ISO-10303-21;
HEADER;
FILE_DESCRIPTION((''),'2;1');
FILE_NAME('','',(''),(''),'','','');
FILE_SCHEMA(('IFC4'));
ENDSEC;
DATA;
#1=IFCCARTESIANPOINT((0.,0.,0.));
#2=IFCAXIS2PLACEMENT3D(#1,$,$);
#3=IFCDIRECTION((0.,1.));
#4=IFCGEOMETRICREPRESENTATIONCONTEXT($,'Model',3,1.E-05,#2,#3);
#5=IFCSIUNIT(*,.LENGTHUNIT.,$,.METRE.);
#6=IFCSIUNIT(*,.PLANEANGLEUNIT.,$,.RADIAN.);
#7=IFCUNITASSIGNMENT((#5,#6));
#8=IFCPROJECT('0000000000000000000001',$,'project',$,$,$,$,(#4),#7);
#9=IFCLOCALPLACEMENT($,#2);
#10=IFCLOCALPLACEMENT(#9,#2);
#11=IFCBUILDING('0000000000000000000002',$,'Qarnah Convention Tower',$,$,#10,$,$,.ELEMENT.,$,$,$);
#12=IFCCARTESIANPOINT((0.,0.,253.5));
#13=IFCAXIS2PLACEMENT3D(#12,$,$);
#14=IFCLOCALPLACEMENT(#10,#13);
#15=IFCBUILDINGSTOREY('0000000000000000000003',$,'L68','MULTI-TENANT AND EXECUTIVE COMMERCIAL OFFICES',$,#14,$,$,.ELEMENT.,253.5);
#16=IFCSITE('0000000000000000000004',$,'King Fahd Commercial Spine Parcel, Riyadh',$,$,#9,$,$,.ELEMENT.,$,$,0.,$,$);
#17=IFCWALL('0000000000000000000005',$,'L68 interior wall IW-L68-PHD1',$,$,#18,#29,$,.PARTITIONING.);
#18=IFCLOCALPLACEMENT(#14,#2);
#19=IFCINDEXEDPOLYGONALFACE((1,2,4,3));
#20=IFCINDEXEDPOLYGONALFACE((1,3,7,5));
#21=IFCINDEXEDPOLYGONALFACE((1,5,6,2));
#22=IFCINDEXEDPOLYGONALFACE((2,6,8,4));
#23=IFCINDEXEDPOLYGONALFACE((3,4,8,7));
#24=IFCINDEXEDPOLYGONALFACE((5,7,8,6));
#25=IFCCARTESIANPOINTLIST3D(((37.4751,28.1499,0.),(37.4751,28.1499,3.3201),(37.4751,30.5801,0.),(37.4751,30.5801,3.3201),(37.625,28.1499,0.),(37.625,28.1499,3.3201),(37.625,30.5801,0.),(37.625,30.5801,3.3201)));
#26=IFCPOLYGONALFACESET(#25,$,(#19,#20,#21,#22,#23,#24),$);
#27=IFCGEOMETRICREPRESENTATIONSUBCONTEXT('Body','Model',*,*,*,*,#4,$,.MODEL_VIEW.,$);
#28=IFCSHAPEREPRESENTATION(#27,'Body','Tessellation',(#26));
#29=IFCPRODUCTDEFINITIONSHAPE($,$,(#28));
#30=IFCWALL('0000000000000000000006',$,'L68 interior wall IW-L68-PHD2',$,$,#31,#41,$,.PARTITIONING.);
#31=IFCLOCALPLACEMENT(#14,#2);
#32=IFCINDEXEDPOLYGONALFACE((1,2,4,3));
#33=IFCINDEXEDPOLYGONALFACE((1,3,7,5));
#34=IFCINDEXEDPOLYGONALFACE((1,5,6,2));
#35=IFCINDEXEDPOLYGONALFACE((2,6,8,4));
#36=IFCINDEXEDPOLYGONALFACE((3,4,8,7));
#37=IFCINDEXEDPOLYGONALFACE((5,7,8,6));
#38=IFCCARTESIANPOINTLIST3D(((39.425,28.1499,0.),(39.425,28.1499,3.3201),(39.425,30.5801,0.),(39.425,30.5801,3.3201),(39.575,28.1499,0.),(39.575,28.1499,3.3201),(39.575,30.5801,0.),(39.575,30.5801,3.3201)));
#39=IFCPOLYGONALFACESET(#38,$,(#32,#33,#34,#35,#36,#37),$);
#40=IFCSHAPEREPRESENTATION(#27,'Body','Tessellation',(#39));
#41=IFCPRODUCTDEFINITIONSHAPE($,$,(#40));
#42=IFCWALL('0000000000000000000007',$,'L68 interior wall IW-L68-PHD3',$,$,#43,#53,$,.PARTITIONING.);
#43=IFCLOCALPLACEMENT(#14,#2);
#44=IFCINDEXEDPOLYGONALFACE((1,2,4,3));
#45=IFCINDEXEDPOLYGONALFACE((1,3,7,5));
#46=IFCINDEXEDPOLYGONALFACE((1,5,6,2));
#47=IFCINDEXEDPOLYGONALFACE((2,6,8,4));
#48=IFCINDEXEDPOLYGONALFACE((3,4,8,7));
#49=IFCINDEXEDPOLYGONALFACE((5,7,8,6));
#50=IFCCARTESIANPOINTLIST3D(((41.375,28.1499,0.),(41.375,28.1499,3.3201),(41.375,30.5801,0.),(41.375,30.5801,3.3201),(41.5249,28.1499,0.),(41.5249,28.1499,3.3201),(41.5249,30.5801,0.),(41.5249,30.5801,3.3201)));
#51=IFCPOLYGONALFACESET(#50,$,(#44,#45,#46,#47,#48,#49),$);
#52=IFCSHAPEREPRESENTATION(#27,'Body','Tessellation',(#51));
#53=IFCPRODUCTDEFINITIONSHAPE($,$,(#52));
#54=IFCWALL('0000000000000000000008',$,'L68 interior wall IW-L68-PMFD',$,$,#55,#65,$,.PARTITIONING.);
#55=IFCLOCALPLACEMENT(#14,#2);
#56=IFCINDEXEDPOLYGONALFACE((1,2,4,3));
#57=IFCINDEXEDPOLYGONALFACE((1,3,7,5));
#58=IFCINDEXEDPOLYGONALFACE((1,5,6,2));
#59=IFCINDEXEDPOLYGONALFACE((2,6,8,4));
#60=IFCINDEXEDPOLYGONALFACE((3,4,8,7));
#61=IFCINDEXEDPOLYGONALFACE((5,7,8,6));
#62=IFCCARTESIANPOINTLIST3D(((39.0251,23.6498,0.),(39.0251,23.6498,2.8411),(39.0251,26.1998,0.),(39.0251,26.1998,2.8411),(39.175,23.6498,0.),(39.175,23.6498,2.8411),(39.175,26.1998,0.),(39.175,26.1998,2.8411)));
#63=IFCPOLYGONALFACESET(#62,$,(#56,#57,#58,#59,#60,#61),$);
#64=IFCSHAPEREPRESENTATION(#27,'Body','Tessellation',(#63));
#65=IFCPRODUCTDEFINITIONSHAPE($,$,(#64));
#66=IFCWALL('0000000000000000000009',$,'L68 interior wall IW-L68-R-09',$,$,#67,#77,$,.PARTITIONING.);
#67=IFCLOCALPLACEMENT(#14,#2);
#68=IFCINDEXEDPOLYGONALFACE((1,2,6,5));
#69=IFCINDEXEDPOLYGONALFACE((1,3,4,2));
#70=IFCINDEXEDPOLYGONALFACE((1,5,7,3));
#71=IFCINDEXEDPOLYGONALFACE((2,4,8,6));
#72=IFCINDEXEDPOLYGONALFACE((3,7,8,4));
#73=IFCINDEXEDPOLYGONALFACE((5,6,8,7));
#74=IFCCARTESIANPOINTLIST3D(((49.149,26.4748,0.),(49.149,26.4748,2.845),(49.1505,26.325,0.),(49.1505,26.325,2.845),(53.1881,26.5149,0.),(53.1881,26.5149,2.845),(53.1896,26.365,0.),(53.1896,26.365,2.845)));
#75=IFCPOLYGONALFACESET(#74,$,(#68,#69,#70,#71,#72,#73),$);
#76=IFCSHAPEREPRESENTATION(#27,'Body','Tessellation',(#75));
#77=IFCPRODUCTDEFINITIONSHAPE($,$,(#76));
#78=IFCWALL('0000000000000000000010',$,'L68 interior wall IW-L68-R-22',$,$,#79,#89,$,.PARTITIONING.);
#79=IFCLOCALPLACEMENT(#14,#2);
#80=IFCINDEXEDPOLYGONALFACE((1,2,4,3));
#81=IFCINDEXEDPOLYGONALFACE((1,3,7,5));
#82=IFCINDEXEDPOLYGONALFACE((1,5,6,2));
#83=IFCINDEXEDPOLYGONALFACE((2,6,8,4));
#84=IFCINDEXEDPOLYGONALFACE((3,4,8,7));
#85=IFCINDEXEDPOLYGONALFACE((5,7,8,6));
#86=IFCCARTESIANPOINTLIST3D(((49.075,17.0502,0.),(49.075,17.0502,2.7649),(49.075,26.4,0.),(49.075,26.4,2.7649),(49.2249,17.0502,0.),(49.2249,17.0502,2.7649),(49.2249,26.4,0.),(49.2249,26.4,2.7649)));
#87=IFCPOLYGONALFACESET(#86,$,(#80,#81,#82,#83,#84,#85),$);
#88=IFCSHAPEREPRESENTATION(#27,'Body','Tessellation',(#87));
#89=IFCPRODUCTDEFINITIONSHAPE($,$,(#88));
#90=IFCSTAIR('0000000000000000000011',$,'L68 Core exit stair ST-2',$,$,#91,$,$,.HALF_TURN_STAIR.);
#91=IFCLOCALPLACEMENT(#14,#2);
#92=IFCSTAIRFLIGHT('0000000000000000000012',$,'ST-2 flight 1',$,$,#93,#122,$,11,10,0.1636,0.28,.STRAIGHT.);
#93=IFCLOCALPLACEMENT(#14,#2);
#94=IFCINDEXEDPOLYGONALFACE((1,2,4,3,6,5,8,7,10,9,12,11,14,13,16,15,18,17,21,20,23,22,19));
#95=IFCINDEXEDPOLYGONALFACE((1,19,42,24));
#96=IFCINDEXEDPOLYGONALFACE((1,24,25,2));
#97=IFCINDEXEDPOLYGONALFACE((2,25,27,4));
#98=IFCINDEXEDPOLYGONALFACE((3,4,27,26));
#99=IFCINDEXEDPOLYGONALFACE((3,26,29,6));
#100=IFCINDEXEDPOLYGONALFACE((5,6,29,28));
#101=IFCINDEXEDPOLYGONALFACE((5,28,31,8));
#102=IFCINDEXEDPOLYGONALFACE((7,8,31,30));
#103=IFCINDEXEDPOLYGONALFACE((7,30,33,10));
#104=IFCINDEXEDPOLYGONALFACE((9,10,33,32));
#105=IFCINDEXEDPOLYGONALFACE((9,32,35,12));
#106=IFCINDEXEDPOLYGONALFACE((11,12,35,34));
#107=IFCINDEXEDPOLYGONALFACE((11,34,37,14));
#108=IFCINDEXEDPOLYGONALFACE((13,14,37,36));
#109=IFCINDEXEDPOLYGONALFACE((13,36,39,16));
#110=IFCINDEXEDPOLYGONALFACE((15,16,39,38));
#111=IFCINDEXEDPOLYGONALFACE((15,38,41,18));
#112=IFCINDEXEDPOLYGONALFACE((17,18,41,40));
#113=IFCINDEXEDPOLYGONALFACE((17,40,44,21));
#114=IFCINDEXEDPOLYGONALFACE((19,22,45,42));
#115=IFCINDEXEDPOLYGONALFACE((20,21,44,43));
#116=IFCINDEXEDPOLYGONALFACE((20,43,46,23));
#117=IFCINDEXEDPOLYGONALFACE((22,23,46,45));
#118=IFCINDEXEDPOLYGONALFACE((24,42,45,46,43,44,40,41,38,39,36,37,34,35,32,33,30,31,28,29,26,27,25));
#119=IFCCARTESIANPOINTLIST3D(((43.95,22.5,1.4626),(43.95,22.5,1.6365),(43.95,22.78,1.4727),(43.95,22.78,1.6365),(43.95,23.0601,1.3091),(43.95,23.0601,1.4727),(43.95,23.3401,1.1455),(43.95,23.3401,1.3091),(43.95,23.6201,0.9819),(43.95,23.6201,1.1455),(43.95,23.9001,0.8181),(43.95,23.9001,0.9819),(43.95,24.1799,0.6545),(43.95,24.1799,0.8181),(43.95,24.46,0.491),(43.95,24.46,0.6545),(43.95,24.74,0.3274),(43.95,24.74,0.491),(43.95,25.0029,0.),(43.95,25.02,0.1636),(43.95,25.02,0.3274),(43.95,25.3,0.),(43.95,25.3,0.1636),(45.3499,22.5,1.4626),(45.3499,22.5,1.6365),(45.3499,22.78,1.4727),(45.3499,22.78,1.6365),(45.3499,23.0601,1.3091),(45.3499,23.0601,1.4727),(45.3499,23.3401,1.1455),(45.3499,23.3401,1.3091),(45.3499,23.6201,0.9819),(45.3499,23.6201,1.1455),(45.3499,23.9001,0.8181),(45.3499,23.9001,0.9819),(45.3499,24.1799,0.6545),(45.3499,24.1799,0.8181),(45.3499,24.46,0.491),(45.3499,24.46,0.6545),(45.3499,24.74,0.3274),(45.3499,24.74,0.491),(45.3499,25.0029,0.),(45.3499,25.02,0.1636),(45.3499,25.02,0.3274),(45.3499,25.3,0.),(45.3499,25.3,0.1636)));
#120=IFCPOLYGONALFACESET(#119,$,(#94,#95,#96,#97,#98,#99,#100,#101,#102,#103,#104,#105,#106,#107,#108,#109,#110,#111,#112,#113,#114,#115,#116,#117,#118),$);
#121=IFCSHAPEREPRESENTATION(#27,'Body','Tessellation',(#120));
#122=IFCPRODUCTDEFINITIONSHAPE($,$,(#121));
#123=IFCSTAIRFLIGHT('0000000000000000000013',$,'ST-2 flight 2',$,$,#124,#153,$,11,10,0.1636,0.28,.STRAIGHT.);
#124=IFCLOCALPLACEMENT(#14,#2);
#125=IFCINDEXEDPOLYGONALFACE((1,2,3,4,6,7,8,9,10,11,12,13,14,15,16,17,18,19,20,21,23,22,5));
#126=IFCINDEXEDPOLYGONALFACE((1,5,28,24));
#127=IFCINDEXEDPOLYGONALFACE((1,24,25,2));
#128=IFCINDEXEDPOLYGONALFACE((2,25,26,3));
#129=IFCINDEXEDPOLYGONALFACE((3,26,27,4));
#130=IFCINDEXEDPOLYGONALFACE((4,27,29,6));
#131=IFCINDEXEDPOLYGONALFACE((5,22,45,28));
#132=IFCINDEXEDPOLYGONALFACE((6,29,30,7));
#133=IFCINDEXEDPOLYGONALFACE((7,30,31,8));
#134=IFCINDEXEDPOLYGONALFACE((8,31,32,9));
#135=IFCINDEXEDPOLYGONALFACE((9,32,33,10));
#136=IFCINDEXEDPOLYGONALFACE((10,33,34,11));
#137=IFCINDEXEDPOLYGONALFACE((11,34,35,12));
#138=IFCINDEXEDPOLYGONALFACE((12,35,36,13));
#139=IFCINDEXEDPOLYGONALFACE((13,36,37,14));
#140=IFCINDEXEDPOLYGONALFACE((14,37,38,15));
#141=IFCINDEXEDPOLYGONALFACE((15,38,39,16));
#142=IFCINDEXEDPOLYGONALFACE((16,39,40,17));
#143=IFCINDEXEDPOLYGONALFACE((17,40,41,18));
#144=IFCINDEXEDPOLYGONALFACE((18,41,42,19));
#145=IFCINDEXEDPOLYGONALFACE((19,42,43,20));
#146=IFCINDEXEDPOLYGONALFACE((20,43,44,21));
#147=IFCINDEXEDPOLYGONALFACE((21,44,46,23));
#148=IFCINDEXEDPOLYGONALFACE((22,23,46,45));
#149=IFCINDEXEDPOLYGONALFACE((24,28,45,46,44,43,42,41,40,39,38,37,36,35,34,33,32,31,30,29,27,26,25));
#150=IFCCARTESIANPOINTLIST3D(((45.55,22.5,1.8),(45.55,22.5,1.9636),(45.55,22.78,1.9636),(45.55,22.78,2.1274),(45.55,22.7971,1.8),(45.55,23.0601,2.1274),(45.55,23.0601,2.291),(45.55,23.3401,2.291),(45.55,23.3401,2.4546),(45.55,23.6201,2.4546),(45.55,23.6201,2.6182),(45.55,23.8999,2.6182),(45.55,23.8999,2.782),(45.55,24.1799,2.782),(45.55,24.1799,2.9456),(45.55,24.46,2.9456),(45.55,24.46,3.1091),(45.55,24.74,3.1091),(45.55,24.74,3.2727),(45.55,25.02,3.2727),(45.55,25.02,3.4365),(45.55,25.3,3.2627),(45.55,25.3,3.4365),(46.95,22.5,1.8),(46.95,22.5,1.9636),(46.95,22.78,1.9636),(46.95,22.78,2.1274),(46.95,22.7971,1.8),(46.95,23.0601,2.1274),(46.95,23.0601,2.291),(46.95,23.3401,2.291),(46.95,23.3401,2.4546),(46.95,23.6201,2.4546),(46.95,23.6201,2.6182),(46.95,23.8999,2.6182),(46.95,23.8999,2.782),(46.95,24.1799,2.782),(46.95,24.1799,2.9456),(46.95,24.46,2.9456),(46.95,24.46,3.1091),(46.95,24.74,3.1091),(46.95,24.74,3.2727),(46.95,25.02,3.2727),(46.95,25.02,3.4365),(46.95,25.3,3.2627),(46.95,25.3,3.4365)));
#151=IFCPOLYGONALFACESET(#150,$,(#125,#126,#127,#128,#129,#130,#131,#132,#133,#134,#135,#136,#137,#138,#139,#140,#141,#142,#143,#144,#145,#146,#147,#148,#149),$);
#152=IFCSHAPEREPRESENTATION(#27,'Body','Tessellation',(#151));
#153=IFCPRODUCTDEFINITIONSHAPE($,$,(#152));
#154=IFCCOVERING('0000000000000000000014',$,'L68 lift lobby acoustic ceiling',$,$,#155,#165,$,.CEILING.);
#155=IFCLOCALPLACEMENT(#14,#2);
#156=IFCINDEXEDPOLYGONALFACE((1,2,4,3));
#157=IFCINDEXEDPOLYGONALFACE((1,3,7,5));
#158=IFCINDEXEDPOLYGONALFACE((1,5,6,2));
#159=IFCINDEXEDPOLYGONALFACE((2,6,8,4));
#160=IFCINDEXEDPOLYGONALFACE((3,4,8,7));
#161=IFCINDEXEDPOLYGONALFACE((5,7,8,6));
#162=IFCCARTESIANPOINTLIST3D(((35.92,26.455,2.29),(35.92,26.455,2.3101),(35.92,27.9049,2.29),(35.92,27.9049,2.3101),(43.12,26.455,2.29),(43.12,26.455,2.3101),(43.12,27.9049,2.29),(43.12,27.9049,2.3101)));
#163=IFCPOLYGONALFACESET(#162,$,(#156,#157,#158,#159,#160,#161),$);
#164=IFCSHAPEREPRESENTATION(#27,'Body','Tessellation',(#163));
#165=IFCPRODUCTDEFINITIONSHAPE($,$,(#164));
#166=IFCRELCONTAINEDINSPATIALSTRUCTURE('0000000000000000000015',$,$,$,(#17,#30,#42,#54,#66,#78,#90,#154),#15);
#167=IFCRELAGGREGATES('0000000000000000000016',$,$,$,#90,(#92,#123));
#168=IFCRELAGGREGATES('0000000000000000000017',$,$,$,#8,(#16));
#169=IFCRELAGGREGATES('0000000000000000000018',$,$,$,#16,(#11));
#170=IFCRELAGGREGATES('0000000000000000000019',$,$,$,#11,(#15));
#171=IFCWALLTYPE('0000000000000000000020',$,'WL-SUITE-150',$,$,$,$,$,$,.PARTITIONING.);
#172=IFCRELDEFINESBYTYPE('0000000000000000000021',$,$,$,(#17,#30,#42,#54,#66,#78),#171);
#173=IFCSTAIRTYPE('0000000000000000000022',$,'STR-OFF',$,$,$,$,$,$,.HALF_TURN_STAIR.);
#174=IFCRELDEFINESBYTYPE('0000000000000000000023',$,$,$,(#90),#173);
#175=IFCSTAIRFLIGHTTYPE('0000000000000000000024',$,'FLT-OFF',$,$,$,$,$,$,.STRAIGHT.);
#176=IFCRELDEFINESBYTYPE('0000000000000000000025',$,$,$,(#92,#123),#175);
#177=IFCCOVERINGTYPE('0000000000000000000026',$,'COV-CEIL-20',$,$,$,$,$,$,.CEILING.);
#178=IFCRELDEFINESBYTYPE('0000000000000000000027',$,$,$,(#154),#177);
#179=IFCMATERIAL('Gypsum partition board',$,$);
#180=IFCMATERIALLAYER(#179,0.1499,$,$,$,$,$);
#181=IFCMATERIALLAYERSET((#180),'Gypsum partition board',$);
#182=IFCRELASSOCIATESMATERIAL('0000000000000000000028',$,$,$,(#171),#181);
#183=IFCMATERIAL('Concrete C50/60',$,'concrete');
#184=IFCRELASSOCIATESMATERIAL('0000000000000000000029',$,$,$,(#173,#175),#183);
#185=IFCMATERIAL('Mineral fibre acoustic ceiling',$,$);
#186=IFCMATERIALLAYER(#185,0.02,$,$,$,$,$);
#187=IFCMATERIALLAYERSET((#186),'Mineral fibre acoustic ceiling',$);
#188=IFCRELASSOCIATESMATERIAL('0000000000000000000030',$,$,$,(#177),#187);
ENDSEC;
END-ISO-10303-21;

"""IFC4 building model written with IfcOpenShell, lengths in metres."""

from ifc_helpers import new_model, si_unit, direction, frame, frame_2d, origin, origin_2d, place, context, subcontext, project, spatial, polyline, rectangle, outline, extrude, material, layer, layer_set, type_object, element, aggregate, save


model = new_model("IFC4")

# Units and contexts
model_context = context("Model", 3, precision=1e-05, world=origin(), true_north=direction((0.0, 1.0)))
body_context = subcontext(model_context, "Body", "Model", "MODEL_VIEW")
ifc_project = project(units=[si_unit("LENGTHUNIT", "METRE"), si_unit("PLANEANGLEUNIT", "RADIAN")], contexts=[model_context])

# Site, building, storey
site_placement = place(None, origin())
site = spatial("IfcSite", under=ifc_project, at=site_placement, Name="King Fahd Commercial Spine Parcel, Riyadh", CompositionType="ELEMENT", RefElevation=0.0)
building_placement = place(site_placement, origin())
building = spatial("IfcBuilding", under=site, at=building_placement, Name="Qarnah Convention Tower", CompositionType="ELEMENT")
storey_placement = place(building_placement, frame((0.0, 0.0, 253.5)))
storey = spatial("IfcBuildingStorey", under=building, at=storey_placement, Name="L68", Description="MULTI-TENANT AND EXECUTIVE COMMERCIAL OFFICES", CompositionType="ELEMENT", Elevation=253.5)

# Shared definitions
ifc_material_1 = material(Name="Concrete C50/60", Category="concrete")

# Walls
ifc_material_2 = material(Name="Gypsum partition board")
ifc_layer_1 = layer(ifc_material_2, 0.1499)
ifc_layer_set_1 = layer_set([ifc_layer_1], Name="Gypsum partition board")
wall_type_1 = type_object("IfcWallType", Name="WL-SUITE-150", PredefinedType="PARTITIONING", material=ifc_layer_set_1)
for number, where, z_axis, x_axis, name in (
    (1, (37.55, 28.1499, 0.0), (0.0, 0.0, 1.0), (0.0, 1.0, 0.0), "L68 interior wall IW-L68-PHD1"),
    (2, (39.5, 28.1499, 0.0), (0.0, 0.0, 1.0), (0.0, 1.0, 0.0), "L68 interior wall IW-L68-PHD2"),
    (3, (41.45, 28.1499, 0.0), (0.0, 0.0, 1.0), (0.0, 1.0, 0.0), "L68 interior wall IW-L68-PHD3"),
):
    element("IfcWall", number, at=place(storey_placement, frame(where, z_axis=z_axis, x_axis=x_axis)), inside=storey, type_object=wall_type_1, Name=name, PredefinedType="PARTITIONING", context=body_context, shape_type="SweptSolid", body=[
        extrude(rectangle(XDim=2.4302, YDim=0.1499, at=frame_2d((1.2151, 0.0))), origin(), (0.0, 0.0, 1.0), 3.3201),
    ])
wall_1_placement = place(storey_placement, frame((39.1001, 23.6499, 0.0), z_axis=(0.0, 0.0, 1.0), x_axis=(0.0, 1.0, 0.0)))
element("IfcWall", 4, at=wall_1_placement, inside=storey, type_object=wall_type_1, Name="L68 interior wall IW-L68-PMFD", PredefinedType="PARTITIONING", context=body_context, shape_type="SweptSolid", body=[
    extrude(rectangle(XDim=2.55, YDim=0.1499, at=frame_2d((1.2749, 0.0))), origin(), (0.0, 0.0, 1.0), 2.8411),
])
wall_2_placement = place(storey_placement, frame((49.1499, 26.3999, 0.0), z_axis=(0.0, 0.0, 1.0), x_axis=(0.999951, 0.009912, 0.0)))
element("IfcWall", 5, at=wall_2_placement, inside=storey, type_object=wall_type_1, Name="L68 interior wall IW-L68-R-09", PredefinedType="PARTITIONING", context=body_context, shape_type="SweptSolid", body=[
    extrude(rectangle(XDim=4.0393, YDim=0.1499, at=frame_2d((2.0195, 0.0))), origin(), (0.0, 0.0, 1.0), 2.845),
])
wall_3_placement = place(storey_placement, frame((49.1499, 26.3999, 0.0), z_axis=(0.0, 0.0, 1.0), x_axis=(0.0, -1.0, 0.0)))
element("IfcWall", 6, at=wall_3_placement, inside=storey, type_object=wall_type_1, Name="L68 interior wall IW-L68-R-22", PredefinedType="PARTITIONING", context=body_context, shape_type="SweptSolid", body=[
    extrude(rectangle(XDim=9.3499, YDim=0.1499, at=frame_2d((4.6748, 0.0))), origin(), (0.0, 0.0, 1.0), 2.7649),
])

# Stair, stair flights
stair_type = type_object("IfcStairType", Name="STR-OFF", PredefinedType="HALF_TURN_STAIR", material=ifc_material_1)
stair_placement = place(storey_placement, origin())
stair = element("IfcStair", 7, at=stair_placement, inside=storey, type_object=stair_type, Name="L68 Core exit stair ST-2", PredefinedType="HALF_TURN_STAIR")
stair_flight_type = type_object("IfcStairFlightType", Name="FLT-OFF", PredefinedType="STRAIGHT", material=ifc_material_1)
stair_flight_1_placement = place(storey_placement, frame((44.6499, 25.3, 0.0), z_axis=(0.0, 0.0, 1.0), x_axis=(0.0, -1.0, 0.0)))
stair_flight_1 = element("IfcStairFlight", 8, at=stair_flight_1_placement, type_object=stair_flight_type, Name="ST-2 flight 1", NumberOfRisers=11, NumberOfTreads=10, PredefinedType="STRAIGHT", RiserHeight=0.1636, TreadLength=0.28, context=body_context, shape_type="SweptSolid", body=[
    extrude(outline(polyline([(0.0, 0.0), (0.0, 0.1636), (0.28, 0.1636), (0.28, 0.3274), (0.5601, 0.3274), (0.5601, 0.491), (0.8401, 0.491), (0.8401, 0.6545), (1.1201, 0.6545), (1.1201, 0.8181), (1.3999, 0.8181), (1.3999, 0.9819), (1.6799, 0.9819), (1.6799, 1.1455), (1.96, 1.1455), (1.96, 1.3091), (2.24, 1.3091), (2.24, 1.4727), (2.52, 1.4727), (2.52, 1.6365), (2.8, 1.6365), (2.8, 1.8), (2.8, 1.4626), (0.2971, 0.0), (0.0, 0.0)])), frame((0.0, 0.7, 0.0), z_axis=(0.0, -1.0, 0.0), x_axis=(1.0, 0.0, 0.0)), (0.0, 0.0, 1.0), 1.3999),
])
stair_flight_2_placement = place(storey_placement, frame((46.25, 22.5, 1.8), z_axis=(0.0, 0.0, 1.0), x_axis=(0.0, 1.0, 0.0)))
stair_flight_2 = element("IfcStairFlight", 9, at=stair_flight_2_placement, type_object=stair_flight_type, Name="ST-2 flight 2", NumberOfRisers=11, NumberOfTreads=10, PredefinedType="STRAIGHT", RiserHeight=0.1636, TreadLength=0.28, context=body_context, shape_type="SweptSolid", body=[
    extrude(outline(polyline([(0.0, 0.0), (0.0, 0.1636), (0.28, 0.1636), (0.28, 0.3274), (0.5601, 0.3274), (0.5601, 0.491), (0.8401, 0.491), (0.8401, 0.6545), (1.1201, 0.6545), (1.1201, 0.8181), (1.3999, 0.8181), (1.3999, 0.9819), (1.6799, 0.9819), (1.6799, 1.1455), (1.96, 1.1455), (1.96, 1.3091), (2.24, 1.3091), (2.24, 1.4727), (2.52, 1.4727), (2.52, 1.6365), (2.8, 1.6365), (2.8, 1.8), (2.8, 1.4626), (0.2971, 0.0), (0.0, 0.0)])), frame((0.0, 0.7, 0.0), z_axis=(0.0, -1.0, 0.0), x_axis=(1.0, 0.0, 0.0)), (0.0, 0.0, 1.0), 1.3999),
])
aggregate(stair, [stair_flight_1, stair_flight_2])

# Covering
ifc_material_3 = material(Name="Mineral fibre acoustic ceiling")
ifc_layer_2 = layer(ifc_material_3, 0.02)
ifc_layer_set_2 = layer_set([ifc_layer_2], Name="Mineral fibre acoustic ceiling")
covering_type = type_object("IfcCoveringType", Name="COV-CEIL-20", PredefinedType="CEILING", material=ifc_layer_set_2)
covering_placement = place(storey_placement, frame((39.52, 27.1799, 2.29), z_axis=(0.0, 0.0, 1.0), x_axis=(1.0, 0.0, 0.0)))
element("IfcCovering", 10, at=covering_placement, inside=storey, type_object=covering_type, Name="L68 lift lobby acoustic ceiling", PredefinedType="CEILING", context=body_context, shape_type="SweptSolid", body=[
    extrude(rectangle(XDim=7.2, YDim=1.45, at=origin_2d()), origin(), (0.0, 0.0, 1.0), 0.02),
])

save(model, "model.ifc")
